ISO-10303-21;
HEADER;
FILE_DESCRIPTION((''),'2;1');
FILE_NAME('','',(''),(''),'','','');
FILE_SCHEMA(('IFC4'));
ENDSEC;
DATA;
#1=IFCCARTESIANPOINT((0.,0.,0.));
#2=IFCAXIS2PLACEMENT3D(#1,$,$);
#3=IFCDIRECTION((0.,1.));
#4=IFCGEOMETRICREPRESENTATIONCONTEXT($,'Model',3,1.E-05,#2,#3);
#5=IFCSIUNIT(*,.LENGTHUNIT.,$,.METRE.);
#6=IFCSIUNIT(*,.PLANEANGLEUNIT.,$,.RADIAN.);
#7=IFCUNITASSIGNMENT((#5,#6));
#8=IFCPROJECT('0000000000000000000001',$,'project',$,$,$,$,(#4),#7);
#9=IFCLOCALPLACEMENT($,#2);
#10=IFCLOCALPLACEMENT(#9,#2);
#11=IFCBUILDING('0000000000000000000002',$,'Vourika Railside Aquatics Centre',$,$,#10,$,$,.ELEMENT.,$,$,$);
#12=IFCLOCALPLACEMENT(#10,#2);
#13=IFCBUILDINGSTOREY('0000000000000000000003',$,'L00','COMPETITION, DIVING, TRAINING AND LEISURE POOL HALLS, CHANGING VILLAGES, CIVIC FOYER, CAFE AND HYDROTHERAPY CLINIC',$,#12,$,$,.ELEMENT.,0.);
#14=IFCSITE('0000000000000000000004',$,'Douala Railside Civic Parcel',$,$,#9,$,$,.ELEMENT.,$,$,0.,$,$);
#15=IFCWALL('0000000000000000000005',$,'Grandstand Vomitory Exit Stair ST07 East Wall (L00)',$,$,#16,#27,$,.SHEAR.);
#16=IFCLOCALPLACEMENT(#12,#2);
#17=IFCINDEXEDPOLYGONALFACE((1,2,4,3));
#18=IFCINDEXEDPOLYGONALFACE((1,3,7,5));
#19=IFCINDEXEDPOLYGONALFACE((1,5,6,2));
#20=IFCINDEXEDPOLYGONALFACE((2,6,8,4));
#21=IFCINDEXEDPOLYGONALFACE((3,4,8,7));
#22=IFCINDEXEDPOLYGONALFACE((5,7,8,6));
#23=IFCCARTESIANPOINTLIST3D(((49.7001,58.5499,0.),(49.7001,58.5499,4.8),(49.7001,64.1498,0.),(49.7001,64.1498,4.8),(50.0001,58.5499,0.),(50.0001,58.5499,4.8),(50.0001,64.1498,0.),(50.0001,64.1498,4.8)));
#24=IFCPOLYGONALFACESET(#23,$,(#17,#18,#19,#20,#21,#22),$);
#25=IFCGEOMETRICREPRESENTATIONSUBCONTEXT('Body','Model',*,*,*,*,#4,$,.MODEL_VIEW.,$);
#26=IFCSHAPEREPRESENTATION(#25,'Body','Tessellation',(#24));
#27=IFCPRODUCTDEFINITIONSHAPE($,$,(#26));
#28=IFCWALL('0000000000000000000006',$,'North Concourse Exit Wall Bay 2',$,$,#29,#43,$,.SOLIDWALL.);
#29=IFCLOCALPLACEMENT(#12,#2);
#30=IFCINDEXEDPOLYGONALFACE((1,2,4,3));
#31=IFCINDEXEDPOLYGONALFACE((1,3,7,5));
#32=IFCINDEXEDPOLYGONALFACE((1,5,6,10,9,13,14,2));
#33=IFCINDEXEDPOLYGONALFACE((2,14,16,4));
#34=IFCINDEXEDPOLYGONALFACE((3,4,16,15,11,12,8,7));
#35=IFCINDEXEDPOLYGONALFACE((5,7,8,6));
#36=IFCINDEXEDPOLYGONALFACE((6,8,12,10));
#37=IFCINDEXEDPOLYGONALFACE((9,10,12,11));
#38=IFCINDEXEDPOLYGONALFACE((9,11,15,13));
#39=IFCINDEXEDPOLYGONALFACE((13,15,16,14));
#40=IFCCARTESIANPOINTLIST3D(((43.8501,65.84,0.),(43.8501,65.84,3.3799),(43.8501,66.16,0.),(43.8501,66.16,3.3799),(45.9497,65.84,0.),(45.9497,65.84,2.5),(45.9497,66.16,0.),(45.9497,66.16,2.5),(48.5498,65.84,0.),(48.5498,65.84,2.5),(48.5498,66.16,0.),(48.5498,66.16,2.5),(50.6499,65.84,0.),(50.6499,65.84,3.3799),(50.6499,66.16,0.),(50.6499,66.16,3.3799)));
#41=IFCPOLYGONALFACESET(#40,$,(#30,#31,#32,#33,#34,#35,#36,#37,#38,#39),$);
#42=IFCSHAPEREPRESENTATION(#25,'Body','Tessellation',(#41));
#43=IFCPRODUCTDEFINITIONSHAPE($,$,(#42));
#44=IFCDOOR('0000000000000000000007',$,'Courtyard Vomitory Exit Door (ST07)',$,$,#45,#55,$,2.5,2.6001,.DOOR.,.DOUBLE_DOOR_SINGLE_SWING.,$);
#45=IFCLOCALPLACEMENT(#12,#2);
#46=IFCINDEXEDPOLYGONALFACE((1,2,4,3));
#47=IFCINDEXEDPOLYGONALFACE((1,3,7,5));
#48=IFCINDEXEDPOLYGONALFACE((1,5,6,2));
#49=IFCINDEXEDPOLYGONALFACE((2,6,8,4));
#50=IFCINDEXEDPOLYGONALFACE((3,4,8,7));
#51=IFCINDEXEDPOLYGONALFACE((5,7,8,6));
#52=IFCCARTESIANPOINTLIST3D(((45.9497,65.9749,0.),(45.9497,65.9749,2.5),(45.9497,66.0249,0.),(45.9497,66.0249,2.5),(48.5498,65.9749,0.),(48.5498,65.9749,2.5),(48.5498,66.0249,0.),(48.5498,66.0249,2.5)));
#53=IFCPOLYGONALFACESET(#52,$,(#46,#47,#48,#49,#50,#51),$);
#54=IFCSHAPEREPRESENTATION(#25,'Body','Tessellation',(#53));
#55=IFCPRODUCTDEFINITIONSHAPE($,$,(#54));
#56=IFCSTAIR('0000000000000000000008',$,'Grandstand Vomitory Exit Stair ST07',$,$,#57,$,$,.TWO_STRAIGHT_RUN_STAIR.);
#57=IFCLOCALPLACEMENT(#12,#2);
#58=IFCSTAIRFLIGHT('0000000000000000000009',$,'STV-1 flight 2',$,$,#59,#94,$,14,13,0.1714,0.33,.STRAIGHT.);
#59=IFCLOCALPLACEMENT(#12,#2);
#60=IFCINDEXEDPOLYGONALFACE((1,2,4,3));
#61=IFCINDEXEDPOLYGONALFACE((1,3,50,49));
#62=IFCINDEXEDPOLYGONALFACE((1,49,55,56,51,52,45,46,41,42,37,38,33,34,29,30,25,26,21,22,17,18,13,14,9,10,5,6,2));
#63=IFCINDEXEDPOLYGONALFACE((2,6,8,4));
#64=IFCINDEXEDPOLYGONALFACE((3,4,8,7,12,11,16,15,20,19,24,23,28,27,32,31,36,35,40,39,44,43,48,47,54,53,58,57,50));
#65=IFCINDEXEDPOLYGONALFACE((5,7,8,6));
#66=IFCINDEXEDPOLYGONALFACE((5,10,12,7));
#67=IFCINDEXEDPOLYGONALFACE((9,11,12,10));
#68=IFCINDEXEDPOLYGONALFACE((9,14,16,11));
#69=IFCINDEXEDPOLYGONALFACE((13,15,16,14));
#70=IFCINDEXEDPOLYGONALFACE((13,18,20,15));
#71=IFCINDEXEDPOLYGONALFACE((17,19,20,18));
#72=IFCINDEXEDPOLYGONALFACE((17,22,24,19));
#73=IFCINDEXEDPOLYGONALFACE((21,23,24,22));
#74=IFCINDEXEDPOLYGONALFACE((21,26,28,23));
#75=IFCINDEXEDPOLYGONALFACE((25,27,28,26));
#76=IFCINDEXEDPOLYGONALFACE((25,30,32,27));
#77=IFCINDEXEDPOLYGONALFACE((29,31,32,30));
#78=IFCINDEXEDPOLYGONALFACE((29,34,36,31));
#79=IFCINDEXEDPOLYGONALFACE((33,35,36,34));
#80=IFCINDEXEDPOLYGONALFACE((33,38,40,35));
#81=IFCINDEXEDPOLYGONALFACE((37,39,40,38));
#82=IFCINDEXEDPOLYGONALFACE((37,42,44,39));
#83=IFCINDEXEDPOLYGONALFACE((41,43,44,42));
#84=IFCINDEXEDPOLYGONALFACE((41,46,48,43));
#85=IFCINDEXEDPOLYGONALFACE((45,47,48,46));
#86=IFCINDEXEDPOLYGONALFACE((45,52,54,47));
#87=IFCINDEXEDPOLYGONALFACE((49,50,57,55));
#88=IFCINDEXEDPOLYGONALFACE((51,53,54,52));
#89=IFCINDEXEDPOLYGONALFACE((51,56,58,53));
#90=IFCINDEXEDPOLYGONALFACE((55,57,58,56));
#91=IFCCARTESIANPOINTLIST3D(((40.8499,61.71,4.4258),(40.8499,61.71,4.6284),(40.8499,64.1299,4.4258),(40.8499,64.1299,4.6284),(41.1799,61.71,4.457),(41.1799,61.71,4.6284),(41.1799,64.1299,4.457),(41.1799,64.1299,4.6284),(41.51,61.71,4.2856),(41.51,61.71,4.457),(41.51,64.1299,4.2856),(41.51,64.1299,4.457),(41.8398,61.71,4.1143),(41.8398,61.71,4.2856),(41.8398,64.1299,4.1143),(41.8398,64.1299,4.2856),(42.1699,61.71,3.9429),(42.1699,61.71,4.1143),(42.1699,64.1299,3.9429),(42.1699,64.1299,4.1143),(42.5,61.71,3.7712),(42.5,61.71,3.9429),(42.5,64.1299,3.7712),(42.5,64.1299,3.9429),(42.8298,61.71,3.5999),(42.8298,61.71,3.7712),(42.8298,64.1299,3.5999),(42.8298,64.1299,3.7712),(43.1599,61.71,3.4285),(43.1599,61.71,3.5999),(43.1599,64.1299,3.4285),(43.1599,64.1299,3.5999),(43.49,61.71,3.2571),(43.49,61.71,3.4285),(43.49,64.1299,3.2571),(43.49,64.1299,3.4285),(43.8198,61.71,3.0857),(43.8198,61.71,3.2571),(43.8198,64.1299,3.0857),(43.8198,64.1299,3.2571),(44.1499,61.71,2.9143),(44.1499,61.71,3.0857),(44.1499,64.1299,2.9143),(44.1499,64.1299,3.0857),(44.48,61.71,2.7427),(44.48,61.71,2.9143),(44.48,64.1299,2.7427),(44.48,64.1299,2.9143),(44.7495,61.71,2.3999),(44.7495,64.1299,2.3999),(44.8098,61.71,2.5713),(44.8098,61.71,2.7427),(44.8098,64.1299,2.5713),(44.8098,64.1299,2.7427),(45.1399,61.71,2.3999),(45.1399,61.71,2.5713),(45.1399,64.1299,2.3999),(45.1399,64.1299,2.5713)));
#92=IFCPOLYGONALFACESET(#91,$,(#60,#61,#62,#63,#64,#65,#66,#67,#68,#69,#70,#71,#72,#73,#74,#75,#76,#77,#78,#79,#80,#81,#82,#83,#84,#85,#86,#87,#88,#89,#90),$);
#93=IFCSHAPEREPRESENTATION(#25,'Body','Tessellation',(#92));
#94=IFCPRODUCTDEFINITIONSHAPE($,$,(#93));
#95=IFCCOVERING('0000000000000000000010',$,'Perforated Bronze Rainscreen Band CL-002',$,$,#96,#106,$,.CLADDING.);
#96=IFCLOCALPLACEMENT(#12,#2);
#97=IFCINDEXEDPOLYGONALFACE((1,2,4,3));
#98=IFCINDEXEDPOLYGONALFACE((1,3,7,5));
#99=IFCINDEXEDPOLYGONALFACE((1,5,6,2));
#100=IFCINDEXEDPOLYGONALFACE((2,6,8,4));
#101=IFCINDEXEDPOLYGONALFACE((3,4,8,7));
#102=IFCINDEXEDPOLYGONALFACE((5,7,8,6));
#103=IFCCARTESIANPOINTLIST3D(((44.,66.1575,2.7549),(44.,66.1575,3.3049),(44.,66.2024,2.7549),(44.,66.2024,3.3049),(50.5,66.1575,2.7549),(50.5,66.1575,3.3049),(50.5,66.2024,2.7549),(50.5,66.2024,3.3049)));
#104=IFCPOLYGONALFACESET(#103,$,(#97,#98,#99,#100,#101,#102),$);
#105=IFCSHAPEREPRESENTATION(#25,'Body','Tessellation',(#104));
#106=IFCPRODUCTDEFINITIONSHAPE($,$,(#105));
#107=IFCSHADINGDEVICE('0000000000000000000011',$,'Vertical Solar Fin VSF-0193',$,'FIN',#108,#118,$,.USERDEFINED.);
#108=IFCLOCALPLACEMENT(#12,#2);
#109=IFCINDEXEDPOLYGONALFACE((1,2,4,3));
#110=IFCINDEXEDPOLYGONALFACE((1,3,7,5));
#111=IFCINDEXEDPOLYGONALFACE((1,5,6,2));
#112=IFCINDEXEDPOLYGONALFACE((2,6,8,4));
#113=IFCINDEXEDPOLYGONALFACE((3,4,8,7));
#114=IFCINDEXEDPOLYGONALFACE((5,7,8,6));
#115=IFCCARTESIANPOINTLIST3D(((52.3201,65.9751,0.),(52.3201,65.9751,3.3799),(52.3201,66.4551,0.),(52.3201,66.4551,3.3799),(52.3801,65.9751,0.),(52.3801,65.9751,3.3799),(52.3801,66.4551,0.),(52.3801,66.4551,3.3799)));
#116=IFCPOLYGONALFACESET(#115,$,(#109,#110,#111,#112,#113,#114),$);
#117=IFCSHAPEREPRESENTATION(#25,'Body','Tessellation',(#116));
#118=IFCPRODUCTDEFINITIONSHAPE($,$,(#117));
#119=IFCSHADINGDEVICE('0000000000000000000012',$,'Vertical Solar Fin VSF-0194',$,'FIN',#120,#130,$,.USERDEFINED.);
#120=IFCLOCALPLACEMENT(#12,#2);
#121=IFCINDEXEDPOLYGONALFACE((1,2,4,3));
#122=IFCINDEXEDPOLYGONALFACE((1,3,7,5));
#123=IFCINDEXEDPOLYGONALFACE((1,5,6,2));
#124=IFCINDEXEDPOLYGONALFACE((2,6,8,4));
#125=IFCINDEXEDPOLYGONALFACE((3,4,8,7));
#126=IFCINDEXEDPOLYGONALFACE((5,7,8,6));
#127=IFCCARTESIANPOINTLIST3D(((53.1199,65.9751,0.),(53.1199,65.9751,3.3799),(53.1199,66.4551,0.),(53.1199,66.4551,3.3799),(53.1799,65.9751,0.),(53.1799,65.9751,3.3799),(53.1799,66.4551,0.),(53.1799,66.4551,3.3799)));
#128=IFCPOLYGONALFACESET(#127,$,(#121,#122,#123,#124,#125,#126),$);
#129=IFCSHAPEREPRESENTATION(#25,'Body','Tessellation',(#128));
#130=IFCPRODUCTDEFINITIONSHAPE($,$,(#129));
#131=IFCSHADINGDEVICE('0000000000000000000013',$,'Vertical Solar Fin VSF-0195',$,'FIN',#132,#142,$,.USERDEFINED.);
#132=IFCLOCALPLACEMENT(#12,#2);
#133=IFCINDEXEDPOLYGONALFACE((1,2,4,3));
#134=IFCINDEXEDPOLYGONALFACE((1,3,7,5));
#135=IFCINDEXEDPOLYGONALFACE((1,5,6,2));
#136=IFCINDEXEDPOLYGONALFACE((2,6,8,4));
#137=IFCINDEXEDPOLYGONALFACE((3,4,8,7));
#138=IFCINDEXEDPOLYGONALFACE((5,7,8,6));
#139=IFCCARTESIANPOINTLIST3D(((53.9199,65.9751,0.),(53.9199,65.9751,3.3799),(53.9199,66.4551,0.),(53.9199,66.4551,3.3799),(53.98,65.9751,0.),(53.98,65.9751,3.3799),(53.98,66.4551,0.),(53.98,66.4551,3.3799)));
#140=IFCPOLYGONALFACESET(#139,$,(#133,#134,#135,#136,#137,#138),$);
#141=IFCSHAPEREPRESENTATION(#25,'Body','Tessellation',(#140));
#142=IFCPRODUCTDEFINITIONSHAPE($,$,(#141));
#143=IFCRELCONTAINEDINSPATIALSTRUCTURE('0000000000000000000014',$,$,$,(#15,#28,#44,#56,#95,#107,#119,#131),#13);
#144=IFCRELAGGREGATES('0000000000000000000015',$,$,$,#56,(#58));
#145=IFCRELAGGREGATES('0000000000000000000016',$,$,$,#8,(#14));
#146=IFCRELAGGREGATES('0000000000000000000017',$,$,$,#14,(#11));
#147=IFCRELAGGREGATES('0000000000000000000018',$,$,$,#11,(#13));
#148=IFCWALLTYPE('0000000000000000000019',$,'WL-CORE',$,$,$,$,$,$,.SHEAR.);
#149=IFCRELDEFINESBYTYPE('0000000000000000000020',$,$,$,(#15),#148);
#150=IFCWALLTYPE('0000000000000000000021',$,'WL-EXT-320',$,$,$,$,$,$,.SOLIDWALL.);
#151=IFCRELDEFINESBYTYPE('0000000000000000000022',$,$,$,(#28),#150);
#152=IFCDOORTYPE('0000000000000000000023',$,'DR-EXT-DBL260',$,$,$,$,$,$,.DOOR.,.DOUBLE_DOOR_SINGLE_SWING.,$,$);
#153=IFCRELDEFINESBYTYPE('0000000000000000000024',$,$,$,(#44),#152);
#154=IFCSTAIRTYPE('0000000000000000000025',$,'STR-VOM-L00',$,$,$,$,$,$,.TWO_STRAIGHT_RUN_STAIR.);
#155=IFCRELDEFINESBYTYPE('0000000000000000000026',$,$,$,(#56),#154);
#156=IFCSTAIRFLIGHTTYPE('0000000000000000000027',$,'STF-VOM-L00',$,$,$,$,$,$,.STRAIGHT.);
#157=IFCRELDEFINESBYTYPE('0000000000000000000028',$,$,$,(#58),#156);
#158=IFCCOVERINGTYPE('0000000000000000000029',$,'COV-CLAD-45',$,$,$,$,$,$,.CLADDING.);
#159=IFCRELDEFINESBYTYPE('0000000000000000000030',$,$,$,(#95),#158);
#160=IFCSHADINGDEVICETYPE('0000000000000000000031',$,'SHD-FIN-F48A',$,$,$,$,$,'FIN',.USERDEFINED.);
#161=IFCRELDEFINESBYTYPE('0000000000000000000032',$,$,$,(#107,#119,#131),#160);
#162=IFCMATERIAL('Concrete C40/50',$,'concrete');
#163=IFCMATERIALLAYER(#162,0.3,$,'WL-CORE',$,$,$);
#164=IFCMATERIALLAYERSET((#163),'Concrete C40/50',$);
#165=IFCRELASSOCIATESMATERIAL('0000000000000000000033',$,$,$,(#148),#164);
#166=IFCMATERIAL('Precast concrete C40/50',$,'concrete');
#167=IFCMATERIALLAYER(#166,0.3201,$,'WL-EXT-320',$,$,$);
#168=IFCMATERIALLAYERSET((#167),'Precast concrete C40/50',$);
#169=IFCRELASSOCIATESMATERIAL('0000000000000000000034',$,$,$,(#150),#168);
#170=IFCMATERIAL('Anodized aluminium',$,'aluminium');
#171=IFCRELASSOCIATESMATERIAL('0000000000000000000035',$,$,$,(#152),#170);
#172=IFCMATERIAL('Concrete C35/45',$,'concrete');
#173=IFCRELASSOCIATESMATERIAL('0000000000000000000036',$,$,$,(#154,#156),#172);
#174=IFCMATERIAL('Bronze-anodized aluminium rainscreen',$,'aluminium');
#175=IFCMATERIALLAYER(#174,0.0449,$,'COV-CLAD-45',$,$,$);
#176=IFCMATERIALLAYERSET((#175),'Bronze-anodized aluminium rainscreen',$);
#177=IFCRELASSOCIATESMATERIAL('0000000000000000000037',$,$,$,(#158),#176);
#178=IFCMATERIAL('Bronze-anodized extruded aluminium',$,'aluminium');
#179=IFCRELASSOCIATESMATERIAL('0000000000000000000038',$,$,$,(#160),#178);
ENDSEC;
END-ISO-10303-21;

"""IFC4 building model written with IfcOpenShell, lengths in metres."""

from ifc_helpers import new_model, si_unit, direction, frame, frame_2d, origin, origin_2d, place, context, subcontext, project, spatial, polyline, rectangle, outline, extrude, material, layer, layer_set, material_profile, profile_set, type_object, element, fill, aggregate, save


model = new_model("IFC4")

# Units and contexts
model_context = context("Model", 3, precision=1e-05, world=origin(), true_north=direction((0.0, 1.0)))
body_context = subcontext(model_context, "Body", "Model", "MODEL_VIEW")
ifc_project = project(units=[si_unit("LENGTHUNIT", "METRE"), si_unit("PLANEANGLEUNIT", "RADIAN")], contexts=[model_context])

# Site, building, storey
site_placement = place(None, origin())
site = spatial("IfcSite", under=ifc_project, at=site_placement, Name="Douala Railside Civic Parcel", CompositionType="ELEMENT", RefElevation=0.0)
building_placement = place(site_placement, origin())
building = spatial("IfcBuilding", under=site, at=building_placement, Name="Vourika Railside Aquatics Centre", CompositionType="ELEMENT")
storey_placement = place(building_placement, origin())
storey = spatial("IfcBuildingStorey", under=building, at=storey_placement, Name="L00", Description="COMPETITION, DIVING, TRAINING AND LEISURE POOL HALLS, CHANGING VILLAGES, CIVIC FOYER, CAFE AND HYDROTHERAPY CLINIC", CompositionType="ELEMENT", Elevation=0.0)

# Shared definitions
ifc_material_1 = material(Name="Concrete C40/50", Category="concrete")

# Shared definitions
ifc_layer_1 = layer(ifc_material_1, 0.3, Name="WL-CORE")
ifc_layer_set_1 = layer_set([ifc_layer_1], Name="Concrete C40/50")
wall_type_1 = type_object("IfcWallType", Name="WL-CORE", PredefinedType="SHEAR", material=ifc_layer_set_1)

# Wall
wall_1_placement = place(storey_placement, frame((49.8501, 58.55, 0.0), z_axis=(0.0, 0.0, 1.0), x_axis=(0.0, 1.0, 0.0)))
element("IfcWall", 1, at=wall_1_placement, inside=storey, type_object=wall_type_1, Name="Grandstand Vomitory Exit Stair ST07 East Wall (L00)", PredefinedType="SHEAR", context=body_context, shape_type="SweptSolid", body=[
    extrude(rectangle(XDim=5.5999, YDim=0.3, at=frame_2d((2.7998, 0.0))), origin(), (0.0, 0.0, 1.0), 4.8),
])

# Wall, opening, door
ifc_material_2 = material(Name="Precast concrete C40/50", Category="concrete")
ifc_layer_2 = layer(ifc_material_2, 0.3201, Name="WL-EXT-320")
ifc_layer_set_2 = layer_set([ifc_layer_2], Name="Precast concrete C40/50")
wall_type_2 = type_object("IfcWallType", Name="WL-EXT-320", PredefinedType="SOLIDWALL", material=ifc_layer_set_2)
wall_2_placement = place(storey_placement, frame((50.6499, 66.0, 0.0), z_axis=(0.0, 0.0, 1.0), x_axis=(-1.0, 0.0, 0.0)))
wall_2 = element("IfcWall", 2, at=wall_2_placement, inside=storey, type_object=wall_type_2, Name="North Concourse Exit Wall Bay 2", PredefinedType="SOLIDWALL", context=body_context, shape_type="SweptSolid", body=[
    extrude(rectangle(XDim=6.7998, YDim=0.3201, at=frame_2d((3.3999, 0.0))), origin(), (0.0, 0.0, 1.0), 3.3799),
])
opening_1_placement = place(wall_2_placement, frame((2.1001, 0.0, 0.0)))
opening_1 = element("IfcOpeningElement", 3, at=opening_1_placement, cuts=wall_2, PredefinedType="OPENING", context=body_context, shape_type="SweptSolid", body=[
    extrude(rectangle(XDim=2.6001, YDim=2.5, at=frame_2d((1.3, 1.25))), frame((0.0, 0.1699, 0.0), z_axis=(0.0, -1.0, 0.0), x_axis=(1.0, 0.0, 0.0)), (0.0, 0.0, 1.0), 0.3401),
])
ifc_material_3 = material(Name="Anodized aluminium", Category="aluminium")
door_type_1 = type_object("IfcDoorType", Name="DR-EXT-DBL260", OperationType="DOUBLE_DOOR_SINGLE_SWING", PredefinedType="DOOR", material=ifc_material_3)
door_1_placement = place(opening_1_placement, frame((2.6001, 0.0, 0.0), z_axis=(0.0, 0.0, 1.0), x_axis=(-1.0, 0.0, 0.0)))
door_1 = element("IfcDoor", 4, at=door_1_placement, inside=storey, type_object=door_type_1, Name="Courtyard Vomitory Exit Door (ST07)", OperationType="DOUBLE_DOOR_SINGLE_SWING", OverallHeight=2.5, OverallWidth=2.6001, PredefinedType="DOOR", context=body_context, shape_type="SweptSolid", body=[
    extrude(rectangle(XDim=2.6001, YDim=2.5, at=frame_2d((1.3, 1.25))), frame((0.0, 0.0249, 0.0), z_axis=(0.0, -1.0, 0.0), x_axis=(1.0, 0.0, 0.0)), (0.0, 0.0, 1.0), 0.05),
])
fill(opening_1, door_1)

# Stair, stair flight
ifc_material_4 = material(Name="Concrete C35/45", Category="concrete")
stair_type = type_object("IfcStairType", Name="STR-VOM-L00", PredefinedType="TWO_STRAIGHT_RUN_STAIR", material=ifc_material_4)
stair_placement = place(storey_placement, origin())
stair = element("IfcStair", 5, at=stair_placement, inside=storey, type_object=stair_type, Name="Grandstand Vomitory Exit Stair ST07", PredefinedType="TWO_STRAIGHT_RUN_STAIR")
stair_flight_type = type_object("IfcStairFlightType", Name="STF-VOM-L00", PredefinedType="STRAIGHT", material=ifc_material_4)
stair_flight_placement = place(storey_placement, frame((45.1399, 62.9199, 2.3999), z_axis=(0.0, 0.0, 1.0), x_axis=(-1.0, 0.0, 0.0)))
stair_flight = element("IfcStairFlight", 6, at=stair_flight_placement, type_object=stair_flight_type, Name="STV-1 flight 2", NumberOfRisers=14, NumberOfTreads=13, PredefinedType="STRAIGHT", RiserHeight=0.1714, TreadLength=0.33, context=body_context, shape_type="SweptSolid", body=[
    extrude(outline(polyline([(0.0, 0.0), (0.0, 0.1714), (0.3301, 0.1714), (0.3301, 0.3428), (0.6599, 0.3428), (0.6599, 0.5144), (0.99, 0.5144), (0.99, 0.6858), (1.3201, 0.6858), (1.3201, 0.8572), (1.6499, 0.8572), (1.6499, 1.0286), (1.98, 1.0286), (1.98, 1.2), (2.3101, 1.2), (2.3101, 1.3713), (2.6399, 1.3713), (2.6399, 1.543), (2.97, 1.543), (2.97, 1.7144), (3.3, 1.7144), (3.3, 1.8857), (3.6299, 1.8857), (3.6299, 2.0571), (3.96, 2.0571), (3.96, 2.2285), (4.29, 2.2285), (4.29, 2.3999), (4.29, 2.0259), (0.3904, 0.0), (0.0, 0.0)])), frame((0.0, 1.21, 0.0), z_axis=(0.0, -1.0, 0.0), x_axis=(1.0, 0.0, 0.0)), (0.0, 0.0, 1.0), 2.4199),
])
aggregate(stair, [stair_flight])

# Covering
ifc_material_5 = material(Name="Bronze-anodized aluminium rainscreen", Category="aluminium")
ifc_layer_3 = layer(ifc_material_5, 0.0449, Name="COV-CLAD-45")
ifc_layer_set_3 = layer_set([ifc_layer_3], Name="Bronze-anodized aluminium rainscreen")
covering_type = type_object("IfcCoveringType", Name="COV-CLAD-45", PredefinedType="CLADDING", material=ifc_layer_set_3)
covering_placement = place(storey_placement, frame((47.25, 66.1799, 2.7549), z_axis=(0.0, 0.0, 1.0), x_axis=(-1.0, 0.0, 0.0)))
element("IfcCovering", 7, at=covering_placement, inside=storey, type_object=covering_type, Name="Perforated Bronze Rainscreen Band CL-002", PredefinedType="CLADDING", context=body_context, shape_type="SweptSolid", body=[
    extrude(rectangle(XDim=6.5, YDim=0.0449, at=origin_2d()), origin(), (0.0, 0.0, 1.0), 0.55),
])

# Shading devices
ifc_material_6 = material(Name="Bronze-anodized extruded aluminium", Category="aluminium")
ifc_material_profile_1 = material_profile(ifc_material_6, rectangle(XDim=0.0601, YDim=0.48, at=origin_2d()), Name="ALU-FIN 60x480")
ifc_profile_set_1 = profile_set([ifc_material_profile_1], Name="Bronze-anodized extruded aluminium")
shading_device_type = type_object("IfcShadingDeviceType", Name="SHD-FIN-F48A", ElementType="FIN", PredefinedType="USERDEFINED", material=ifc_profile_set_1)
for number, where, z_axis, x_axis, name in (
    (8, (52.3501, 66.2151, 0.0), (0.0, 0.0, 1.0), (1.0, 0.0, 0.0), "Vertical Solar Fin VSF-0193"),
    (9, (53.1499, 66.2151, 0.0), (0.0, 0.0, 1.0), (1.0, 0.0, 0.0), "Vertical Solar Fin VSF-0194"),
    (10, (53.95, 66.2151, 0.0), (0.0, 0.0, 1.0), (1.0, 0.0, 0.0), "Vertical Solar Fin VSF-0195"),
):
    element("IfcShadingDevice", number, at=place(storey_placement, frame(where, z_axis=z_axis, x_axis=x_axis)), inside=storey, type_object=shading_device_type, Name=name, ObjectType="FIN", PredefinedType="USERDEFINED", context=body_context, shape_type="SweptSolid", body=[
        extrude(rectangle(XDim=0.0601, YDim=0.48, at=origin_2d()), origin(), (0.0, 0.0, 1.0), 3.3799),
    ])

save(model, "model.ifc")
